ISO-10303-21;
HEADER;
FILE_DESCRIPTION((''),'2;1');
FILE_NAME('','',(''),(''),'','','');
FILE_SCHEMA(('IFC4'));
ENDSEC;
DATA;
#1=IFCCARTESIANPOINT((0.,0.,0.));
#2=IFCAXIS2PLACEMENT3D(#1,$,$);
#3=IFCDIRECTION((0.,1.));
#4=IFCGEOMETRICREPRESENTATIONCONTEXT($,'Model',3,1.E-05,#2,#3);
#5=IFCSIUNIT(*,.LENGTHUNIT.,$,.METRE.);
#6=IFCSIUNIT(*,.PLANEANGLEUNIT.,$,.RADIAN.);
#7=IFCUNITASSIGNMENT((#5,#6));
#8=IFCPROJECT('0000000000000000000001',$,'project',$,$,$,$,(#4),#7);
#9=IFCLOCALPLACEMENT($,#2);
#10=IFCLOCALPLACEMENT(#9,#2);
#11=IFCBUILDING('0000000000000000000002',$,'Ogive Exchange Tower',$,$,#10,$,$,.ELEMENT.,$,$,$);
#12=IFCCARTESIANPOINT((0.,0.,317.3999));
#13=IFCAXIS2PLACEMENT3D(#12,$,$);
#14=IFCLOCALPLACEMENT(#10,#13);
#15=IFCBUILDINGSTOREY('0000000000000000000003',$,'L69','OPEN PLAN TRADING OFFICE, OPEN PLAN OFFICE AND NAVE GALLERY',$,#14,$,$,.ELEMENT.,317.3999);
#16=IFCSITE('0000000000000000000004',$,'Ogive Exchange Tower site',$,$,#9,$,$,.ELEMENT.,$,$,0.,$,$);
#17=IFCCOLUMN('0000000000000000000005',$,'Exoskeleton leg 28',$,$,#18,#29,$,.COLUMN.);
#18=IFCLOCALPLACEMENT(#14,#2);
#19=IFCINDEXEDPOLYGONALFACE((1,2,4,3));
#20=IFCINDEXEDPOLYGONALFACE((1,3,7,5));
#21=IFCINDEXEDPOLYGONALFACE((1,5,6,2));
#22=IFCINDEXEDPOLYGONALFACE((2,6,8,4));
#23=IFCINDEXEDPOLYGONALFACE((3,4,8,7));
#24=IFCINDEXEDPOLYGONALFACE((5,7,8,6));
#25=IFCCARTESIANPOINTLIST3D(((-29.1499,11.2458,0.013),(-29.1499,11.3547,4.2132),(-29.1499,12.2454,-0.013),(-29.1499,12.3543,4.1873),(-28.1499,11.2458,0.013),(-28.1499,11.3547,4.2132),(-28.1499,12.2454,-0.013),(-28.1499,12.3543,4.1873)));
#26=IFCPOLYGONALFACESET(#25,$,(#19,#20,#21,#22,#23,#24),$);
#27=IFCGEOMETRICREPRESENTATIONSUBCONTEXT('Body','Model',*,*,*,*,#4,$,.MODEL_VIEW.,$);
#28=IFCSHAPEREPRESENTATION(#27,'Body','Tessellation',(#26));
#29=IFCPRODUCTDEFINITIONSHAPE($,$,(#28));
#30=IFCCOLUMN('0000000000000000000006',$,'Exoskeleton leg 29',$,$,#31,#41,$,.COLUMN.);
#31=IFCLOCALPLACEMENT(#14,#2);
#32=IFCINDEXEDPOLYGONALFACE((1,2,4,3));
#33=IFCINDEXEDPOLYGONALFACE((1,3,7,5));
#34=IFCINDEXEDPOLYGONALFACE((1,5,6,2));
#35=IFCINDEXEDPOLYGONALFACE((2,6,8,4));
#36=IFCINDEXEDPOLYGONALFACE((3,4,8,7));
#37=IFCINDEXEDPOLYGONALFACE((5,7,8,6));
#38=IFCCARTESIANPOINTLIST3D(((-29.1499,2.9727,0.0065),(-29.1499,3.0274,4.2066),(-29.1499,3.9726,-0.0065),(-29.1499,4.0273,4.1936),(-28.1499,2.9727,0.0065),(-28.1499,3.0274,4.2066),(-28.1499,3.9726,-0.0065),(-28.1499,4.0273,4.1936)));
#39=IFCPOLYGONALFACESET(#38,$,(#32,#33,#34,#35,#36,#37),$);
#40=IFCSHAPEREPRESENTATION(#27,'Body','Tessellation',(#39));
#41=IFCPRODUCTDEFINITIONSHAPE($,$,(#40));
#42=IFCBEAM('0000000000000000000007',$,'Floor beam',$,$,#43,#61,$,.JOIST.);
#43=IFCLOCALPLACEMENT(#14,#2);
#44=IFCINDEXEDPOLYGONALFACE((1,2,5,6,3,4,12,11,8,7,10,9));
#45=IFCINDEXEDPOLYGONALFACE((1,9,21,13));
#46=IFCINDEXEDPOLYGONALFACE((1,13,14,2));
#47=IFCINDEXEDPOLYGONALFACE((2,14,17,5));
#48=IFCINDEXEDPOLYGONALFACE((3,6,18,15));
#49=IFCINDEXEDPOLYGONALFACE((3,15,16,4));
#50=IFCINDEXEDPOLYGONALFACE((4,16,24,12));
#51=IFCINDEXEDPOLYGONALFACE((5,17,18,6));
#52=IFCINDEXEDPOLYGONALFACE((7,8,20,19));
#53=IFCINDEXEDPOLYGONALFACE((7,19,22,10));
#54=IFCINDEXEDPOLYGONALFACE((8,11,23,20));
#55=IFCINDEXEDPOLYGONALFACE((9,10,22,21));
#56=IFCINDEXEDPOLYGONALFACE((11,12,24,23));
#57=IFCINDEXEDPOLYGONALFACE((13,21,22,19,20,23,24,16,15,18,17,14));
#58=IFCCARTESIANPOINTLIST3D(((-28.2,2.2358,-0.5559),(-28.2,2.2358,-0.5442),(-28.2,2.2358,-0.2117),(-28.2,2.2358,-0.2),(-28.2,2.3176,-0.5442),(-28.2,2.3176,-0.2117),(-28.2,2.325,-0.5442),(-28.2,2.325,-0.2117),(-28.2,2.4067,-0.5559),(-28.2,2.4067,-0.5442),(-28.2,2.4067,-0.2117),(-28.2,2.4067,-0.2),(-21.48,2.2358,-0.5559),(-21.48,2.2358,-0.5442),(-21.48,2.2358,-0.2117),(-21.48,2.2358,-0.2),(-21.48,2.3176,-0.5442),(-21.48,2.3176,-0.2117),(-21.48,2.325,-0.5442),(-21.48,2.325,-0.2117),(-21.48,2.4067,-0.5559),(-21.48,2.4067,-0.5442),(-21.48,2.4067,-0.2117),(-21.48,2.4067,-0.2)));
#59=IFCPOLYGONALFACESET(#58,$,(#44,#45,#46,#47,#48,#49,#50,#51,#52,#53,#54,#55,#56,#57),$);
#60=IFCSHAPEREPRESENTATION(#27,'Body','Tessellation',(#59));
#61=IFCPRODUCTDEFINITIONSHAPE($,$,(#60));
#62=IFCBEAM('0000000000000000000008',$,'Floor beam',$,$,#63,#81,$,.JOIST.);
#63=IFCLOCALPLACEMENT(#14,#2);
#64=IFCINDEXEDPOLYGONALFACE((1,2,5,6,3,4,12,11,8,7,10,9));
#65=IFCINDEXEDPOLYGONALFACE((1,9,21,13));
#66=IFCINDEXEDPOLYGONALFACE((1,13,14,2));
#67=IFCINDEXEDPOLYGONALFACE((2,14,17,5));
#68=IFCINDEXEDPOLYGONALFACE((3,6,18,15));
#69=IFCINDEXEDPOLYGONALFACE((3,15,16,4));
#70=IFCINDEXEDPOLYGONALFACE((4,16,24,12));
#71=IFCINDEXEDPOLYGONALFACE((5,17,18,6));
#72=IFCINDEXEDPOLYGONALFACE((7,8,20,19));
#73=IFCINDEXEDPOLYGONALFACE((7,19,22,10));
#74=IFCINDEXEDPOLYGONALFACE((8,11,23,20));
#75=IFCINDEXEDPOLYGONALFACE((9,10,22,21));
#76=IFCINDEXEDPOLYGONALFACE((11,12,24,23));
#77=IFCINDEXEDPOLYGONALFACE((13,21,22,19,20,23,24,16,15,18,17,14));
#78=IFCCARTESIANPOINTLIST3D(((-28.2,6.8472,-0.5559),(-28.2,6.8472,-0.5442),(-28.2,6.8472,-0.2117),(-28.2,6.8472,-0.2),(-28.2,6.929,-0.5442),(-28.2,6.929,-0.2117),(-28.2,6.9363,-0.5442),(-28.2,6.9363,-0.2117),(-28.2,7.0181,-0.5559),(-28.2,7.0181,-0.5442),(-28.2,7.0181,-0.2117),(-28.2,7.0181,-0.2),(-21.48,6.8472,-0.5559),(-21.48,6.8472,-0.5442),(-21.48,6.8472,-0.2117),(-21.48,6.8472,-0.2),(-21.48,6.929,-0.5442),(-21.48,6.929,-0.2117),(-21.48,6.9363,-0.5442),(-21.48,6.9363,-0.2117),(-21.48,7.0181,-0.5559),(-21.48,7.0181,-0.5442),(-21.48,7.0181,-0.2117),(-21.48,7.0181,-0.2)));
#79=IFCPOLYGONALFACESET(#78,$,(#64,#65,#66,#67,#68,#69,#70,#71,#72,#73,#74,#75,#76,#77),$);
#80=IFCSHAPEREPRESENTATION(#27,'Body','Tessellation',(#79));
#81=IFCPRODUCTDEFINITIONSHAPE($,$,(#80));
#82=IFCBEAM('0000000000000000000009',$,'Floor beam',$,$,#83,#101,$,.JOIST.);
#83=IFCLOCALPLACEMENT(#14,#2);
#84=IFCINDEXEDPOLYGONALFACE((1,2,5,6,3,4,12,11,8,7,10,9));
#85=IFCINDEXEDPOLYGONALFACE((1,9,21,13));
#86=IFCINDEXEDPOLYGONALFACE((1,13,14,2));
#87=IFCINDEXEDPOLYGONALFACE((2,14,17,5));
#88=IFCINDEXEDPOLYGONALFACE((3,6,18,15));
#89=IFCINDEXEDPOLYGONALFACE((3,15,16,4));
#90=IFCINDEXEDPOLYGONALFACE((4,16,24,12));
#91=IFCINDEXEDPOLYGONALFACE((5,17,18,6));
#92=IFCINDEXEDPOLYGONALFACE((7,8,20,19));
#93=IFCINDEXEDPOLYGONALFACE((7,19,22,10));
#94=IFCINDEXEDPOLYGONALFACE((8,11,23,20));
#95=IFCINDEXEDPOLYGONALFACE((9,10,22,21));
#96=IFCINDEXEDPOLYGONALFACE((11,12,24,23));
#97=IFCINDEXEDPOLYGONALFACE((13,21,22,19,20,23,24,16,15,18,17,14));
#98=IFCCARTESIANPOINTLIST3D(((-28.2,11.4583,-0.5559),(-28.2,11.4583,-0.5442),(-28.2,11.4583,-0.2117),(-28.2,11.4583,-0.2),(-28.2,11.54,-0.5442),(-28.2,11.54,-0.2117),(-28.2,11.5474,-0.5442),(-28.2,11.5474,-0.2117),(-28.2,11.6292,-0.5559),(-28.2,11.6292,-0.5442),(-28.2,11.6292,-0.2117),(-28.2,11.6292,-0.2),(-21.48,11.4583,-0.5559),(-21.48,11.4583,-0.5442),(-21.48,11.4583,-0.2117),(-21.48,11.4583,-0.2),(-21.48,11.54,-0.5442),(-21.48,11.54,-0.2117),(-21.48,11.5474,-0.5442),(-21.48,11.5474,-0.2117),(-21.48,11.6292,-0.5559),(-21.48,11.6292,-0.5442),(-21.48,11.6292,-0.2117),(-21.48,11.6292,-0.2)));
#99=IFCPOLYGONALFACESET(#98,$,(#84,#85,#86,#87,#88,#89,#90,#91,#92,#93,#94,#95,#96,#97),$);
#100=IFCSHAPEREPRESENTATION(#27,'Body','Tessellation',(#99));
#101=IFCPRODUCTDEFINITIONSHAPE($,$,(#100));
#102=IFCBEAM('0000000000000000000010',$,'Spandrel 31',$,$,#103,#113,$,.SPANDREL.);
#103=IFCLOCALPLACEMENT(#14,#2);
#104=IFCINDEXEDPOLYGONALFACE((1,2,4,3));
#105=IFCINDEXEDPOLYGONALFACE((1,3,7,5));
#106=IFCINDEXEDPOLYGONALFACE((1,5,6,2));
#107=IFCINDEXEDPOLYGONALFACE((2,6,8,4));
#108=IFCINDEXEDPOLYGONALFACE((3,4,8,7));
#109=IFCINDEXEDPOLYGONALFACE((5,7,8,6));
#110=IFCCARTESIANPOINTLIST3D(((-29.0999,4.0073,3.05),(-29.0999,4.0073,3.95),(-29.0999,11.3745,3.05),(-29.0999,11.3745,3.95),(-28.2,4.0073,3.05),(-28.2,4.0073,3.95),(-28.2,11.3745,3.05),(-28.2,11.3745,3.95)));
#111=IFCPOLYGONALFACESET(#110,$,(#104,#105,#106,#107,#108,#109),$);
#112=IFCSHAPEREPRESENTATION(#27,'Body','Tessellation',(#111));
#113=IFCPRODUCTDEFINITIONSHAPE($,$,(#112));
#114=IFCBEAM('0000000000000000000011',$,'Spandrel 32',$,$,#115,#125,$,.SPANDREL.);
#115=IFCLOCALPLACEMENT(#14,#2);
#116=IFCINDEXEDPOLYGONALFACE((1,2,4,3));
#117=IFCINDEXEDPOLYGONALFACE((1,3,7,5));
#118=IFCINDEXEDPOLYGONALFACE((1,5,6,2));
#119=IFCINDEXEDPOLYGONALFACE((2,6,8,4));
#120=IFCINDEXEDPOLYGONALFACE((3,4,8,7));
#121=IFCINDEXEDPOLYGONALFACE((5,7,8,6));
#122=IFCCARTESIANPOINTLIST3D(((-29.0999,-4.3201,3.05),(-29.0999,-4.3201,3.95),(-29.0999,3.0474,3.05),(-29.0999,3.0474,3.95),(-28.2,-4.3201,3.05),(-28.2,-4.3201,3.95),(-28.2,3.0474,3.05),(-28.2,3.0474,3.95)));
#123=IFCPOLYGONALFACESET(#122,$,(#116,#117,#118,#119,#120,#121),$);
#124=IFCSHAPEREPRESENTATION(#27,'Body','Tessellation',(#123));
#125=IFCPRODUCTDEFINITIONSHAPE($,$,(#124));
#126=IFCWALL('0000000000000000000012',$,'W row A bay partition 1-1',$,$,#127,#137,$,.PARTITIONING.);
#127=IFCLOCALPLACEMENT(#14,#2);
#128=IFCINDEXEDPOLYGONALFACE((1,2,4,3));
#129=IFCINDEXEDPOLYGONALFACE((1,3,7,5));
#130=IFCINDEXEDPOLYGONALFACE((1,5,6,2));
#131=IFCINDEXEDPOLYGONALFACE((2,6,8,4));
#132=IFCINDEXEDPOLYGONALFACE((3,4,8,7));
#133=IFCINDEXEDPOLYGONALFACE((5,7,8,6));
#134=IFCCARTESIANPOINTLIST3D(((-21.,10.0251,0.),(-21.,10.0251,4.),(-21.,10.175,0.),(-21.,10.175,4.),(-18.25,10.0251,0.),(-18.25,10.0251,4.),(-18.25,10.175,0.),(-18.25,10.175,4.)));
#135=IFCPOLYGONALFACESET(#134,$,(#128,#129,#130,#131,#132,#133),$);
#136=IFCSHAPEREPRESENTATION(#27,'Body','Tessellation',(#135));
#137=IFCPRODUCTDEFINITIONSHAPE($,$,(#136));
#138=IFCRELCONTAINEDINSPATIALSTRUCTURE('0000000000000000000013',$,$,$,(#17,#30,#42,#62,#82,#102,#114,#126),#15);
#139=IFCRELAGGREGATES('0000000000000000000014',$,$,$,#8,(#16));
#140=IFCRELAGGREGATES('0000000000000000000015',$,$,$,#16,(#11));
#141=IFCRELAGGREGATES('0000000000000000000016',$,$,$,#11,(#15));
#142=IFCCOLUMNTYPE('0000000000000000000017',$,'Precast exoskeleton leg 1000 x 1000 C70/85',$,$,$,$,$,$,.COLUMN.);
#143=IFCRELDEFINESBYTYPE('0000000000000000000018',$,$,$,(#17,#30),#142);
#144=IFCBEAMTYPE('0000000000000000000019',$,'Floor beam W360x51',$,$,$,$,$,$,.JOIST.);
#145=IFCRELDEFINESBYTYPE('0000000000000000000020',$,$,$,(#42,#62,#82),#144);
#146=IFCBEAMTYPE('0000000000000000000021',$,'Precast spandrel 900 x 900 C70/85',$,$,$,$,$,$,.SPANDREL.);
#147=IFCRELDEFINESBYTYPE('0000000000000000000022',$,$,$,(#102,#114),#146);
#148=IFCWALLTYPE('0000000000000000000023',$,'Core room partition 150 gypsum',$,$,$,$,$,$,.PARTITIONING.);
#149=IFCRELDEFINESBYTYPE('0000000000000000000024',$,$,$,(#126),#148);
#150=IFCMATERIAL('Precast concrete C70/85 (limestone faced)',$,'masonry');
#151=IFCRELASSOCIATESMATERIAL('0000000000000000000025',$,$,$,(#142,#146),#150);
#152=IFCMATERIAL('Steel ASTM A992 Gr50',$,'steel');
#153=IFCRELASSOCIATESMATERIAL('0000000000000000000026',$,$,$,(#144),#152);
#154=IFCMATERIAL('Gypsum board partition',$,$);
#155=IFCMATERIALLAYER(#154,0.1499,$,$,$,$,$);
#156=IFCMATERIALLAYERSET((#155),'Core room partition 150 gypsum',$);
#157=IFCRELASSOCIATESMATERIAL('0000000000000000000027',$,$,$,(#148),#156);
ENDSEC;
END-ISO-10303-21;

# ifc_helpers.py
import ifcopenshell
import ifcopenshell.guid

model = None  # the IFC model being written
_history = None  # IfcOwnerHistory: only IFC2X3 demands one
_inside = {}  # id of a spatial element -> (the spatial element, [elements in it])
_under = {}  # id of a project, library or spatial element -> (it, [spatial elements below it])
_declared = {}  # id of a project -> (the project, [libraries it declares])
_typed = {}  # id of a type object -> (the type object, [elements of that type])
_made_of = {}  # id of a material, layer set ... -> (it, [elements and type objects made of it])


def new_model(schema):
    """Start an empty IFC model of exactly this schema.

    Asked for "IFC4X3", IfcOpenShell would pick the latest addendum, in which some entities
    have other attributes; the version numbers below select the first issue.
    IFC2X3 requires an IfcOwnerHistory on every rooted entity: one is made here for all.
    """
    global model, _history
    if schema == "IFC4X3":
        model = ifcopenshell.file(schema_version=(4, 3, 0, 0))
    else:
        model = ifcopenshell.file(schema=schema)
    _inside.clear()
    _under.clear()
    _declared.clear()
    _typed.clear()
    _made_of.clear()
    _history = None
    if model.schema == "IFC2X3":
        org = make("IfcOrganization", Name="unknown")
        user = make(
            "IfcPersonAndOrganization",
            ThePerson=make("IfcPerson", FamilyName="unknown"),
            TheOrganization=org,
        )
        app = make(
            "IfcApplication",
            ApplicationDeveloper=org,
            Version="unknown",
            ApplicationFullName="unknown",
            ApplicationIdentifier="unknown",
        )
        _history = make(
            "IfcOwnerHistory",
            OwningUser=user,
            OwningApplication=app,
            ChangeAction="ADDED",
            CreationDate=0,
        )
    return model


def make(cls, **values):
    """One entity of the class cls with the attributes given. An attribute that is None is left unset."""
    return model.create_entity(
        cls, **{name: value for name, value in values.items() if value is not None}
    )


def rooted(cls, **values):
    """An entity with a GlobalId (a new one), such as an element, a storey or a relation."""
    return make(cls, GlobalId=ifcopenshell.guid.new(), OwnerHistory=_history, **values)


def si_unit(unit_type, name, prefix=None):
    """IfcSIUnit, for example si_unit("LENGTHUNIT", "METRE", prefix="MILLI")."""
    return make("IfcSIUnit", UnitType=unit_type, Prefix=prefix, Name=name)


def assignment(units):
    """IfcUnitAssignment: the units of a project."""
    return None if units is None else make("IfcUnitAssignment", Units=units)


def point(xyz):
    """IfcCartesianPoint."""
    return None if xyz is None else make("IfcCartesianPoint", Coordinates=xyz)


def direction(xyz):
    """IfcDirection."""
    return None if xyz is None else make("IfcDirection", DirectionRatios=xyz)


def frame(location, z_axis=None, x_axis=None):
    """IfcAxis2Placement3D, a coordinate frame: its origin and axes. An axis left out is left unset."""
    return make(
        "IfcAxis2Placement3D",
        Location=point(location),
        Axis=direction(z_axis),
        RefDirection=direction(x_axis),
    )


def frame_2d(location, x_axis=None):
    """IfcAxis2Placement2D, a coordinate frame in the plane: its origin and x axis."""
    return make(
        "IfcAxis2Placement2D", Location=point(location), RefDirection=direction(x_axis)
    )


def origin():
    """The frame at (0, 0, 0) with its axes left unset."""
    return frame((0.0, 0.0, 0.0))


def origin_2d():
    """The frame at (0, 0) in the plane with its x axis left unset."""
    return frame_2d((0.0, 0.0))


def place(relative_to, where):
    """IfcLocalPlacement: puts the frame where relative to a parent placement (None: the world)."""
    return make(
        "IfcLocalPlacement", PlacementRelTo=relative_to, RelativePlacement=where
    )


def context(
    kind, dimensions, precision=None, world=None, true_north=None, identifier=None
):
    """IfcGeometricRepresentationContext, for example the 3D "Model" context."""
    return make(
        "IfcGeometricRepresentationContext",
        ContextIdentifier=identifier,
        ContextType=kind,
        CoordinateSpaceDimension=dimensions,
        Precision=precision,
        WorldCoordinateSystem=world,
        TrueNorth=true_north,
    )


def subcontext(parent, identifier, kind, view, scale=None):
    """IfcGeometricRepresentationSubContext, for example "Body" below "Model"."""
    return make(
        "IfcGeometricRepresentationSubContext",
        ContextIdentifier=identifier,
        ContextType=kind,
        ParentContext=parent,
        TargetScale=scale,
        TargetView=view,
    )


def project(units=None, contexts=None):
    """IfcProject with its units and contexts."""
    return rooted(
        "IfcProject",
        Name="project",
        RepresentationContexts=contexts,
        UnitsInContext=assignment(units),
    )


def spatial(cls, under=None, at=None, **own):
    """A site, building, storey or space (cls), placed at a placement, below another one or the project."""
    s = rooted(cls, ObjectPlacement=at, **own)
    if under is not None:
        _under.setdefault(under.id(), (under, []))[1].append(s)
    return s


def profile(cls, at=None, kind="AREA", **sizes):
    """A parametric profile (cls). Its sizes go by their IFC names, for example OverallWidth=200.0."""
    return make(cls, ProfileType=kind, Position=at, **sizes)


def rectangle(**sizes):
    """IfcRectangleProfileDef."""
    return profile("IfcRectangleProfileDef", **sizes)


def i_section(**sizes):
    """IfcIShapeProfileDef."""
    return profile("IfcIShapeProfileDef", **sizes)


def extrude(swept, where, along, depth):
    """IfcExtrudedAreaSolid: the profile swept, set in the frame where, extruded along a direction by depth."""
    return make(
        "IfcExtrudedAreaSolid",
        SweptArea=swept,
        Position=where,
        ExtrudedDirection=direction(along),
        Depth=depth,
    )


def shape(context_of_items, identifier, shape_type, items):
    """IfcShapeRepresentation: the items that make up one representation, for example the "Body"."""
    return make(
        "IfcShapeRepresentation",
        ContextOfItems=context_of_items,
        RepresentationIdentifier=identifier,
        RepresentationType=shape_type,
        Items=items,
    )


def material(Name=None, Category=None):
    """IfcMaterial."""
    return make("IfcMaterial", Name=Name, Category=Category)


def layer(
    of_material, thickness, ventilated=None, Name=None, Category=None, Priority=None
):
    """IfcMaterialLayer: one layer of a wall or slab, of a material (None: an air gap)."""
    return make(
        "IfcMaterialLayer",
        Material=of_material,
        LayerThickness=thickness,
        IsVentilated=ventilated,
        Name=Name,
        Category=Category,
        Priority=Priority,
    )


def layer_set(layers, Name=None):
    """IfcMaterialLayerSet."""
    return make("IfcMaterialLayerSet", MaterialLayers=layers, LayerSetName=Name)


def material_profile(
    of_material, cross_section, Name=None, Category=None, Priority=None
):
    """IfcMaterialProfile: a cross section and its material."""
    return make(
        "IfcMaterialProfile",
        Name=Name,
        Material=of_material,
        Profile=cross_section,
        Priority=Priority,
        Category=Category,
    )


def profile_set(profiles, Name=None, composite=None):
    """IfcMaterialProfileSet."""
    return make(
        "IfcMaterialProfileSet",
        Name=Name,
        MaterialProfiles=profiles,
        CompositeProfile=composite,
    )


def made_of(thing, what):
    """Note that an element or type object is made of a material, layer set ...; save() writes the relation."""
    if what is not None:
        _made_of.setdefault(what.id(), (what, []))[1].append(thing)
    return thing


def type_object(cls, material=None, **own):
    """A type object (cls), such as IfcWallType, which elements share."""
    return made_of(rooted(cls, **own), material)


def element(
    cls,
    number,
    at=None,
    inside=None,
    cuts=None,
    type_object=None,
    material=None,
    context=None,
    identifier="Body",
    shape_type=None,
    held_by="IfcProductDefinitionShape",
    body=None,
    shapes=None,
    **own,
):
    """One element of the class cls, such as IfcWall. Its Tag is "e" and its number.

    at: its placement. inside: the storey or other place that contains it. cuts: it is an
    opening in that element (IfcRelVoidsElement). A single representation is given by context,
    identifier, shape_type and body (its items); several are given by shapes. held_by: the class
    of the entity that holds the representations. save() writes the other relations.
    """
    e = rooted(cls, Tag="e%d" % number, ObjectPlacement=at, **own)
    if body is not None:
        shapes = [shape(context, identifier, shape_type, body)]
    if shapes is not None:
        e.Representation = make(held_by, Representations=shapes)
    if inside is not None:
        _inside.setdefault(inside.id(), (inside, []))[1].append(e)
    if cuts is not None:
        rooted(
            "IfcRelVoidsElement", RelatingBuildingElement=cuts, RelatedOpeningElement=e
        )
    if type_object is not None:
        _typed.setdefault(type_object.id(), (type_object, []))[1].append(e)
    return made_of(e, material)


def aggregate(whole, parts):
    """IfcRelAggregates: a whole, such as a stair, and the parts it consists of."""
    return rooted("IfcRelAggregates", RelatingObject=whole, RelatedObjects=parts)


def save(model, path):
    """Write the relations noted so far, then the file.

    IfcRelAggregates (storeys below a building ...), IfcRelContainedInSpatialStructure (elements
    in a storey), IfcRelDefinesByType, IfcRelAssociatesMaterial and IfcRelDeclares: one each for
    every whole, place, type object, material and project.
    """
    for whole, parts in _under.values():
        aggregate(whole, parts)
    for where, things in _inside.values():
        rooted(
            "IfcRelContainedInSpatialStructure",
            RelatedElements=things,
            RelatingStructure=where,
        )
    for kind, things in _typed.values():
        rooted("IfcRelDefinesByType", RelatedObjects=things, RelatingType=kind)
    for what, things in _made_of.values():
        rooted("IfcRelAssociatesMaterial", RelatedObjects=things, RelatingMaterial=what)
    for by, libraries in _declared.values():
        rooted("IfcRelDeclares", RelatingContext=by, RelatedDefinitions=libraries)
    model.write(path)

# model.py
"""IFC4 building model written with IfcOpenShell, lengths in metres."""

from ifc_helpers import new_model, si_unit, direction, frame, frame_2d, origin, origin_2d, place, context, subcontext, project, spatial, rectangle, i_section, extrude, material, layer, layer_set, material_profile, profile_set, type_object, element, save


model = new_model("IFC4")

# Units and contexts
model_context = context("Model", 3, precision=1e-05, world=origin(), true_north=direction((0.0, 1.0)))
body_context = subcontext(model_context, "Body", "Model", "MODEL_VIEW")
ifc_project = project(units=[si_unit("LENGTHUNIT", "METRE"), si_unit("PLANEANGLEUNIT", "RADIAN")], contexts=[model_context])

# Site, building, storey
site_placement = place(None, origin())
site = spatial("IfcSite", under=ifc_project, at=site_placement, Name="Ogive Exchange Tower site", CompositionType="ELEMENT", RefElevation=0.0)
building_placement = place(site_placement, origin())
building = spatial("IfcBuilding", under=site, at=building_placement, Name="Ogive Exchange Tower", CompositionType="ELEMENT")
storey_placement = place(building_placement, frame((0.0, 0.0, 317.3999)))
storey = spatial("IfcBuildingStorey", under=building, at=storey_placement, Name="L69", Description="OPEN PLAN TRADING OFFICE, OPEN PLAN OFFICE AND NAVE GALLERY", CompositionType="ELEMENT", Elevation=317.3999)

# Columns
ifc_material_1 = material(Name="Precast concrete C70/85 (limestone faced)", Category="masonry")
ifc_material_profile_1 = material_profile(ifc_material_1, rectangle(XDim=1.0, YDim=1.0, at=origin_2d()), Name="1000 x 1000")
ifc_profile_set_1 = profile_set([ifc_material_profile_1], Name="Precast concrete C70/85 (limestone faced)")
column_type = type_object("IfcColumnType", Name="Precast exoskeleton leg 1000 x 1000 C70/85", PredefinedType="COLUMN", material=ifc_profile_set_1)
column_1_placement = place(storey_placement, frame((-28.6499, 11.7456, 0.0), z_axis=(0.0, 0.025915, 0.999664), x_axis=(-1.0, 0.0, 0.0)))
element("IfcColumn", 1, at=column_1_placement, inside=storey, type_object=column_type, Name="Exoskeleton leg 28", PredefinedType="COLUMN", context=body_context, shape_type="SweptSolid", body=[
    extrude(rectangle(XDim=1.0, YDim=1.0, at=origin_2d()), origin(), (0.0, 0.0, 1.0), 4.2017),
])
column_2_placement = place(storey_placement, frame((-28.6499, 3.4727, 0.0), z_axis=(0.0, 0.013019, 0.999915), x_axis=(-1.0, 0.0, 0.0)))
element("IfcColumn", 2, at=column_2_placement, inside=storey, type_object=column_type, Name="Exoskeleton leg 29", PredefinedType="COLUMN", context=body_context, shape_type="SweptSolid", body=[
    extrude(rectangle(XDim=1.0, YDim=1.0, at=origin_2d()), origin(), (0.0, 0.0, 1.0), 4.2004),
])

# Beams
ifc_material_2 = material(Name="Steel ASTM A992 Gr50", Category="steel")
ifc_material_profile_2 = material_profile(ifc_material_2, i_section(OverallWidth=0.1709, OverallDepth=0.356, WebThickness=0.0073, FlangeThickness=0.0117, at=origin_2d()), Name="W360x51")
ifc_profile_set_2 = profile_set([ifc_material_profile_2], Name="Steel ASTM A992 Gr50")
beam_type_1 = type_object("IfcBeamType", Name="Floor beam W360x51", PredefinedType="JOIST", material=ifc_profile_set_2)
for number, where, z_axis, x_axis, name in (
    (3, (-28.2, 2.3213, -0.3779), (1.0, 0.0, 0.0), (0.0, 1.0, 0.0), "Floor beam"),
    (4, (-28.2, 6.9326, -0.3779), (1.0, 0.0, 0.0), (0.0, 1.0, 0.0), "Floor beam"),
    (5, (-28.2, 11.5437, -0.3779), (1.0, 0.0, 0.0), (0.0, 1.0, 0.0), "Floor beam"),
):
    element("IfcBeam", number, at=place(storey_placement, frame(where, z_axis=z_axis, x_axis=x_axis)), inside=storey, type_object=beam_type_1, Name=name, PredefinedType="JOIST", context=body_context, shape_type="SweptSolid", body=[
        extrude(i_section(OverallWidth=0.1709, OverallDepth=0.356, WebThickness=0.0073, FlangeThickness=0.0117, at=origin_2d()), origin(), (0.0, 0.0, 1.0), 6.72),
    ])
ifc_material_profile_3 = material_profile(ifc_material_1, rectangle(XDim=0.8999, YDim=0.8999, at=origin_2d()), Name="900 x 900")
ifc_profile_set_3 = profile_set([ifc_material_profile_3], Name="Precast concrete C70/85 (limestone faced)")
beam_type_2 = type_object("IfcBeamType", Name="Precast spandrel 900 x 900 C70/85", PredefinedType="SPANDREL", material=ifc_profile_set_3)
beam_1_placement = place(storey_placement, frame((-28.6499, 11.3745, 3.5), z_axis=(0.0, -1.0, 0.0), x_axis=(1.0, 0.0, 0.0)))
element("IfcBeam", 6, at=beam_1_placement, inside=storey, type_object=beam_type_2, Name="Spandrel 31", PredefinedType="SPANDREL", context=body_context, shape_type="SweptSolid", body=[
    extrude(rectangle(XDim=0.8999, YDim=0.8999, at=origin_2d()), origin(), (0.0, 0.0, 1.0), 7.3672),
])
beam_2_placement = place(storey_placement, frame((-28.6499, 3.0474, 3.5), z_axis=(0.0, -1.0, 0.0), x_axis=(1.0, 0.0, 0.0)))
element("IfcBeam", 7, at=beam_2_placement, inside=storey, type_object=beam_type_2, Name="Spandrel 32", PredefinedType="SPANDREL", context=body_context, shape_type="SweptSolid", body=[
    extrude(rectangle(XDim=0.8999, YDim=0.8999, at=origin_2d()), origin(), (0.0, 0.0, 1.0), 7.3674),
])

# Wall
ifc_material_3 = material(Name="Gypsum board partition")
ifc_layer_1 = layer(ifc_material_3, 0.1499)
ifc_layer_set_1 = layer_set([ifc_layer_1], Name="Core room partition 150 gypsum")
wall_type_1 = type_object("IfcWallType", Name="Core room partition 150 gypsum", PredefinedType="PARTITIONING", material=ifc_layer_set_1)
wall_1_placement = place(storey_placement, frame((-21.0, 10.1001, 0.0), z_axis=(0.0, 0.0, 1.0), x_axis=(1.0, 0.0, 0.0)))
element("IfcWall", 8, at=wall_1_placement, inside=storey, type_object=wall_type_1, Name="W row A bay partition 1-1", PredefinedType="PARTITIONING", context=body_context, shape_type="SweptSolid", body=[
    extrude(rectangle(XDim=2.75, YDim=0.1499, at=frame_2d((1.375, 0.0))), origin(), (0.0, 0.0, 1.0), 4.0),
])

save(model, "model.ifc")
